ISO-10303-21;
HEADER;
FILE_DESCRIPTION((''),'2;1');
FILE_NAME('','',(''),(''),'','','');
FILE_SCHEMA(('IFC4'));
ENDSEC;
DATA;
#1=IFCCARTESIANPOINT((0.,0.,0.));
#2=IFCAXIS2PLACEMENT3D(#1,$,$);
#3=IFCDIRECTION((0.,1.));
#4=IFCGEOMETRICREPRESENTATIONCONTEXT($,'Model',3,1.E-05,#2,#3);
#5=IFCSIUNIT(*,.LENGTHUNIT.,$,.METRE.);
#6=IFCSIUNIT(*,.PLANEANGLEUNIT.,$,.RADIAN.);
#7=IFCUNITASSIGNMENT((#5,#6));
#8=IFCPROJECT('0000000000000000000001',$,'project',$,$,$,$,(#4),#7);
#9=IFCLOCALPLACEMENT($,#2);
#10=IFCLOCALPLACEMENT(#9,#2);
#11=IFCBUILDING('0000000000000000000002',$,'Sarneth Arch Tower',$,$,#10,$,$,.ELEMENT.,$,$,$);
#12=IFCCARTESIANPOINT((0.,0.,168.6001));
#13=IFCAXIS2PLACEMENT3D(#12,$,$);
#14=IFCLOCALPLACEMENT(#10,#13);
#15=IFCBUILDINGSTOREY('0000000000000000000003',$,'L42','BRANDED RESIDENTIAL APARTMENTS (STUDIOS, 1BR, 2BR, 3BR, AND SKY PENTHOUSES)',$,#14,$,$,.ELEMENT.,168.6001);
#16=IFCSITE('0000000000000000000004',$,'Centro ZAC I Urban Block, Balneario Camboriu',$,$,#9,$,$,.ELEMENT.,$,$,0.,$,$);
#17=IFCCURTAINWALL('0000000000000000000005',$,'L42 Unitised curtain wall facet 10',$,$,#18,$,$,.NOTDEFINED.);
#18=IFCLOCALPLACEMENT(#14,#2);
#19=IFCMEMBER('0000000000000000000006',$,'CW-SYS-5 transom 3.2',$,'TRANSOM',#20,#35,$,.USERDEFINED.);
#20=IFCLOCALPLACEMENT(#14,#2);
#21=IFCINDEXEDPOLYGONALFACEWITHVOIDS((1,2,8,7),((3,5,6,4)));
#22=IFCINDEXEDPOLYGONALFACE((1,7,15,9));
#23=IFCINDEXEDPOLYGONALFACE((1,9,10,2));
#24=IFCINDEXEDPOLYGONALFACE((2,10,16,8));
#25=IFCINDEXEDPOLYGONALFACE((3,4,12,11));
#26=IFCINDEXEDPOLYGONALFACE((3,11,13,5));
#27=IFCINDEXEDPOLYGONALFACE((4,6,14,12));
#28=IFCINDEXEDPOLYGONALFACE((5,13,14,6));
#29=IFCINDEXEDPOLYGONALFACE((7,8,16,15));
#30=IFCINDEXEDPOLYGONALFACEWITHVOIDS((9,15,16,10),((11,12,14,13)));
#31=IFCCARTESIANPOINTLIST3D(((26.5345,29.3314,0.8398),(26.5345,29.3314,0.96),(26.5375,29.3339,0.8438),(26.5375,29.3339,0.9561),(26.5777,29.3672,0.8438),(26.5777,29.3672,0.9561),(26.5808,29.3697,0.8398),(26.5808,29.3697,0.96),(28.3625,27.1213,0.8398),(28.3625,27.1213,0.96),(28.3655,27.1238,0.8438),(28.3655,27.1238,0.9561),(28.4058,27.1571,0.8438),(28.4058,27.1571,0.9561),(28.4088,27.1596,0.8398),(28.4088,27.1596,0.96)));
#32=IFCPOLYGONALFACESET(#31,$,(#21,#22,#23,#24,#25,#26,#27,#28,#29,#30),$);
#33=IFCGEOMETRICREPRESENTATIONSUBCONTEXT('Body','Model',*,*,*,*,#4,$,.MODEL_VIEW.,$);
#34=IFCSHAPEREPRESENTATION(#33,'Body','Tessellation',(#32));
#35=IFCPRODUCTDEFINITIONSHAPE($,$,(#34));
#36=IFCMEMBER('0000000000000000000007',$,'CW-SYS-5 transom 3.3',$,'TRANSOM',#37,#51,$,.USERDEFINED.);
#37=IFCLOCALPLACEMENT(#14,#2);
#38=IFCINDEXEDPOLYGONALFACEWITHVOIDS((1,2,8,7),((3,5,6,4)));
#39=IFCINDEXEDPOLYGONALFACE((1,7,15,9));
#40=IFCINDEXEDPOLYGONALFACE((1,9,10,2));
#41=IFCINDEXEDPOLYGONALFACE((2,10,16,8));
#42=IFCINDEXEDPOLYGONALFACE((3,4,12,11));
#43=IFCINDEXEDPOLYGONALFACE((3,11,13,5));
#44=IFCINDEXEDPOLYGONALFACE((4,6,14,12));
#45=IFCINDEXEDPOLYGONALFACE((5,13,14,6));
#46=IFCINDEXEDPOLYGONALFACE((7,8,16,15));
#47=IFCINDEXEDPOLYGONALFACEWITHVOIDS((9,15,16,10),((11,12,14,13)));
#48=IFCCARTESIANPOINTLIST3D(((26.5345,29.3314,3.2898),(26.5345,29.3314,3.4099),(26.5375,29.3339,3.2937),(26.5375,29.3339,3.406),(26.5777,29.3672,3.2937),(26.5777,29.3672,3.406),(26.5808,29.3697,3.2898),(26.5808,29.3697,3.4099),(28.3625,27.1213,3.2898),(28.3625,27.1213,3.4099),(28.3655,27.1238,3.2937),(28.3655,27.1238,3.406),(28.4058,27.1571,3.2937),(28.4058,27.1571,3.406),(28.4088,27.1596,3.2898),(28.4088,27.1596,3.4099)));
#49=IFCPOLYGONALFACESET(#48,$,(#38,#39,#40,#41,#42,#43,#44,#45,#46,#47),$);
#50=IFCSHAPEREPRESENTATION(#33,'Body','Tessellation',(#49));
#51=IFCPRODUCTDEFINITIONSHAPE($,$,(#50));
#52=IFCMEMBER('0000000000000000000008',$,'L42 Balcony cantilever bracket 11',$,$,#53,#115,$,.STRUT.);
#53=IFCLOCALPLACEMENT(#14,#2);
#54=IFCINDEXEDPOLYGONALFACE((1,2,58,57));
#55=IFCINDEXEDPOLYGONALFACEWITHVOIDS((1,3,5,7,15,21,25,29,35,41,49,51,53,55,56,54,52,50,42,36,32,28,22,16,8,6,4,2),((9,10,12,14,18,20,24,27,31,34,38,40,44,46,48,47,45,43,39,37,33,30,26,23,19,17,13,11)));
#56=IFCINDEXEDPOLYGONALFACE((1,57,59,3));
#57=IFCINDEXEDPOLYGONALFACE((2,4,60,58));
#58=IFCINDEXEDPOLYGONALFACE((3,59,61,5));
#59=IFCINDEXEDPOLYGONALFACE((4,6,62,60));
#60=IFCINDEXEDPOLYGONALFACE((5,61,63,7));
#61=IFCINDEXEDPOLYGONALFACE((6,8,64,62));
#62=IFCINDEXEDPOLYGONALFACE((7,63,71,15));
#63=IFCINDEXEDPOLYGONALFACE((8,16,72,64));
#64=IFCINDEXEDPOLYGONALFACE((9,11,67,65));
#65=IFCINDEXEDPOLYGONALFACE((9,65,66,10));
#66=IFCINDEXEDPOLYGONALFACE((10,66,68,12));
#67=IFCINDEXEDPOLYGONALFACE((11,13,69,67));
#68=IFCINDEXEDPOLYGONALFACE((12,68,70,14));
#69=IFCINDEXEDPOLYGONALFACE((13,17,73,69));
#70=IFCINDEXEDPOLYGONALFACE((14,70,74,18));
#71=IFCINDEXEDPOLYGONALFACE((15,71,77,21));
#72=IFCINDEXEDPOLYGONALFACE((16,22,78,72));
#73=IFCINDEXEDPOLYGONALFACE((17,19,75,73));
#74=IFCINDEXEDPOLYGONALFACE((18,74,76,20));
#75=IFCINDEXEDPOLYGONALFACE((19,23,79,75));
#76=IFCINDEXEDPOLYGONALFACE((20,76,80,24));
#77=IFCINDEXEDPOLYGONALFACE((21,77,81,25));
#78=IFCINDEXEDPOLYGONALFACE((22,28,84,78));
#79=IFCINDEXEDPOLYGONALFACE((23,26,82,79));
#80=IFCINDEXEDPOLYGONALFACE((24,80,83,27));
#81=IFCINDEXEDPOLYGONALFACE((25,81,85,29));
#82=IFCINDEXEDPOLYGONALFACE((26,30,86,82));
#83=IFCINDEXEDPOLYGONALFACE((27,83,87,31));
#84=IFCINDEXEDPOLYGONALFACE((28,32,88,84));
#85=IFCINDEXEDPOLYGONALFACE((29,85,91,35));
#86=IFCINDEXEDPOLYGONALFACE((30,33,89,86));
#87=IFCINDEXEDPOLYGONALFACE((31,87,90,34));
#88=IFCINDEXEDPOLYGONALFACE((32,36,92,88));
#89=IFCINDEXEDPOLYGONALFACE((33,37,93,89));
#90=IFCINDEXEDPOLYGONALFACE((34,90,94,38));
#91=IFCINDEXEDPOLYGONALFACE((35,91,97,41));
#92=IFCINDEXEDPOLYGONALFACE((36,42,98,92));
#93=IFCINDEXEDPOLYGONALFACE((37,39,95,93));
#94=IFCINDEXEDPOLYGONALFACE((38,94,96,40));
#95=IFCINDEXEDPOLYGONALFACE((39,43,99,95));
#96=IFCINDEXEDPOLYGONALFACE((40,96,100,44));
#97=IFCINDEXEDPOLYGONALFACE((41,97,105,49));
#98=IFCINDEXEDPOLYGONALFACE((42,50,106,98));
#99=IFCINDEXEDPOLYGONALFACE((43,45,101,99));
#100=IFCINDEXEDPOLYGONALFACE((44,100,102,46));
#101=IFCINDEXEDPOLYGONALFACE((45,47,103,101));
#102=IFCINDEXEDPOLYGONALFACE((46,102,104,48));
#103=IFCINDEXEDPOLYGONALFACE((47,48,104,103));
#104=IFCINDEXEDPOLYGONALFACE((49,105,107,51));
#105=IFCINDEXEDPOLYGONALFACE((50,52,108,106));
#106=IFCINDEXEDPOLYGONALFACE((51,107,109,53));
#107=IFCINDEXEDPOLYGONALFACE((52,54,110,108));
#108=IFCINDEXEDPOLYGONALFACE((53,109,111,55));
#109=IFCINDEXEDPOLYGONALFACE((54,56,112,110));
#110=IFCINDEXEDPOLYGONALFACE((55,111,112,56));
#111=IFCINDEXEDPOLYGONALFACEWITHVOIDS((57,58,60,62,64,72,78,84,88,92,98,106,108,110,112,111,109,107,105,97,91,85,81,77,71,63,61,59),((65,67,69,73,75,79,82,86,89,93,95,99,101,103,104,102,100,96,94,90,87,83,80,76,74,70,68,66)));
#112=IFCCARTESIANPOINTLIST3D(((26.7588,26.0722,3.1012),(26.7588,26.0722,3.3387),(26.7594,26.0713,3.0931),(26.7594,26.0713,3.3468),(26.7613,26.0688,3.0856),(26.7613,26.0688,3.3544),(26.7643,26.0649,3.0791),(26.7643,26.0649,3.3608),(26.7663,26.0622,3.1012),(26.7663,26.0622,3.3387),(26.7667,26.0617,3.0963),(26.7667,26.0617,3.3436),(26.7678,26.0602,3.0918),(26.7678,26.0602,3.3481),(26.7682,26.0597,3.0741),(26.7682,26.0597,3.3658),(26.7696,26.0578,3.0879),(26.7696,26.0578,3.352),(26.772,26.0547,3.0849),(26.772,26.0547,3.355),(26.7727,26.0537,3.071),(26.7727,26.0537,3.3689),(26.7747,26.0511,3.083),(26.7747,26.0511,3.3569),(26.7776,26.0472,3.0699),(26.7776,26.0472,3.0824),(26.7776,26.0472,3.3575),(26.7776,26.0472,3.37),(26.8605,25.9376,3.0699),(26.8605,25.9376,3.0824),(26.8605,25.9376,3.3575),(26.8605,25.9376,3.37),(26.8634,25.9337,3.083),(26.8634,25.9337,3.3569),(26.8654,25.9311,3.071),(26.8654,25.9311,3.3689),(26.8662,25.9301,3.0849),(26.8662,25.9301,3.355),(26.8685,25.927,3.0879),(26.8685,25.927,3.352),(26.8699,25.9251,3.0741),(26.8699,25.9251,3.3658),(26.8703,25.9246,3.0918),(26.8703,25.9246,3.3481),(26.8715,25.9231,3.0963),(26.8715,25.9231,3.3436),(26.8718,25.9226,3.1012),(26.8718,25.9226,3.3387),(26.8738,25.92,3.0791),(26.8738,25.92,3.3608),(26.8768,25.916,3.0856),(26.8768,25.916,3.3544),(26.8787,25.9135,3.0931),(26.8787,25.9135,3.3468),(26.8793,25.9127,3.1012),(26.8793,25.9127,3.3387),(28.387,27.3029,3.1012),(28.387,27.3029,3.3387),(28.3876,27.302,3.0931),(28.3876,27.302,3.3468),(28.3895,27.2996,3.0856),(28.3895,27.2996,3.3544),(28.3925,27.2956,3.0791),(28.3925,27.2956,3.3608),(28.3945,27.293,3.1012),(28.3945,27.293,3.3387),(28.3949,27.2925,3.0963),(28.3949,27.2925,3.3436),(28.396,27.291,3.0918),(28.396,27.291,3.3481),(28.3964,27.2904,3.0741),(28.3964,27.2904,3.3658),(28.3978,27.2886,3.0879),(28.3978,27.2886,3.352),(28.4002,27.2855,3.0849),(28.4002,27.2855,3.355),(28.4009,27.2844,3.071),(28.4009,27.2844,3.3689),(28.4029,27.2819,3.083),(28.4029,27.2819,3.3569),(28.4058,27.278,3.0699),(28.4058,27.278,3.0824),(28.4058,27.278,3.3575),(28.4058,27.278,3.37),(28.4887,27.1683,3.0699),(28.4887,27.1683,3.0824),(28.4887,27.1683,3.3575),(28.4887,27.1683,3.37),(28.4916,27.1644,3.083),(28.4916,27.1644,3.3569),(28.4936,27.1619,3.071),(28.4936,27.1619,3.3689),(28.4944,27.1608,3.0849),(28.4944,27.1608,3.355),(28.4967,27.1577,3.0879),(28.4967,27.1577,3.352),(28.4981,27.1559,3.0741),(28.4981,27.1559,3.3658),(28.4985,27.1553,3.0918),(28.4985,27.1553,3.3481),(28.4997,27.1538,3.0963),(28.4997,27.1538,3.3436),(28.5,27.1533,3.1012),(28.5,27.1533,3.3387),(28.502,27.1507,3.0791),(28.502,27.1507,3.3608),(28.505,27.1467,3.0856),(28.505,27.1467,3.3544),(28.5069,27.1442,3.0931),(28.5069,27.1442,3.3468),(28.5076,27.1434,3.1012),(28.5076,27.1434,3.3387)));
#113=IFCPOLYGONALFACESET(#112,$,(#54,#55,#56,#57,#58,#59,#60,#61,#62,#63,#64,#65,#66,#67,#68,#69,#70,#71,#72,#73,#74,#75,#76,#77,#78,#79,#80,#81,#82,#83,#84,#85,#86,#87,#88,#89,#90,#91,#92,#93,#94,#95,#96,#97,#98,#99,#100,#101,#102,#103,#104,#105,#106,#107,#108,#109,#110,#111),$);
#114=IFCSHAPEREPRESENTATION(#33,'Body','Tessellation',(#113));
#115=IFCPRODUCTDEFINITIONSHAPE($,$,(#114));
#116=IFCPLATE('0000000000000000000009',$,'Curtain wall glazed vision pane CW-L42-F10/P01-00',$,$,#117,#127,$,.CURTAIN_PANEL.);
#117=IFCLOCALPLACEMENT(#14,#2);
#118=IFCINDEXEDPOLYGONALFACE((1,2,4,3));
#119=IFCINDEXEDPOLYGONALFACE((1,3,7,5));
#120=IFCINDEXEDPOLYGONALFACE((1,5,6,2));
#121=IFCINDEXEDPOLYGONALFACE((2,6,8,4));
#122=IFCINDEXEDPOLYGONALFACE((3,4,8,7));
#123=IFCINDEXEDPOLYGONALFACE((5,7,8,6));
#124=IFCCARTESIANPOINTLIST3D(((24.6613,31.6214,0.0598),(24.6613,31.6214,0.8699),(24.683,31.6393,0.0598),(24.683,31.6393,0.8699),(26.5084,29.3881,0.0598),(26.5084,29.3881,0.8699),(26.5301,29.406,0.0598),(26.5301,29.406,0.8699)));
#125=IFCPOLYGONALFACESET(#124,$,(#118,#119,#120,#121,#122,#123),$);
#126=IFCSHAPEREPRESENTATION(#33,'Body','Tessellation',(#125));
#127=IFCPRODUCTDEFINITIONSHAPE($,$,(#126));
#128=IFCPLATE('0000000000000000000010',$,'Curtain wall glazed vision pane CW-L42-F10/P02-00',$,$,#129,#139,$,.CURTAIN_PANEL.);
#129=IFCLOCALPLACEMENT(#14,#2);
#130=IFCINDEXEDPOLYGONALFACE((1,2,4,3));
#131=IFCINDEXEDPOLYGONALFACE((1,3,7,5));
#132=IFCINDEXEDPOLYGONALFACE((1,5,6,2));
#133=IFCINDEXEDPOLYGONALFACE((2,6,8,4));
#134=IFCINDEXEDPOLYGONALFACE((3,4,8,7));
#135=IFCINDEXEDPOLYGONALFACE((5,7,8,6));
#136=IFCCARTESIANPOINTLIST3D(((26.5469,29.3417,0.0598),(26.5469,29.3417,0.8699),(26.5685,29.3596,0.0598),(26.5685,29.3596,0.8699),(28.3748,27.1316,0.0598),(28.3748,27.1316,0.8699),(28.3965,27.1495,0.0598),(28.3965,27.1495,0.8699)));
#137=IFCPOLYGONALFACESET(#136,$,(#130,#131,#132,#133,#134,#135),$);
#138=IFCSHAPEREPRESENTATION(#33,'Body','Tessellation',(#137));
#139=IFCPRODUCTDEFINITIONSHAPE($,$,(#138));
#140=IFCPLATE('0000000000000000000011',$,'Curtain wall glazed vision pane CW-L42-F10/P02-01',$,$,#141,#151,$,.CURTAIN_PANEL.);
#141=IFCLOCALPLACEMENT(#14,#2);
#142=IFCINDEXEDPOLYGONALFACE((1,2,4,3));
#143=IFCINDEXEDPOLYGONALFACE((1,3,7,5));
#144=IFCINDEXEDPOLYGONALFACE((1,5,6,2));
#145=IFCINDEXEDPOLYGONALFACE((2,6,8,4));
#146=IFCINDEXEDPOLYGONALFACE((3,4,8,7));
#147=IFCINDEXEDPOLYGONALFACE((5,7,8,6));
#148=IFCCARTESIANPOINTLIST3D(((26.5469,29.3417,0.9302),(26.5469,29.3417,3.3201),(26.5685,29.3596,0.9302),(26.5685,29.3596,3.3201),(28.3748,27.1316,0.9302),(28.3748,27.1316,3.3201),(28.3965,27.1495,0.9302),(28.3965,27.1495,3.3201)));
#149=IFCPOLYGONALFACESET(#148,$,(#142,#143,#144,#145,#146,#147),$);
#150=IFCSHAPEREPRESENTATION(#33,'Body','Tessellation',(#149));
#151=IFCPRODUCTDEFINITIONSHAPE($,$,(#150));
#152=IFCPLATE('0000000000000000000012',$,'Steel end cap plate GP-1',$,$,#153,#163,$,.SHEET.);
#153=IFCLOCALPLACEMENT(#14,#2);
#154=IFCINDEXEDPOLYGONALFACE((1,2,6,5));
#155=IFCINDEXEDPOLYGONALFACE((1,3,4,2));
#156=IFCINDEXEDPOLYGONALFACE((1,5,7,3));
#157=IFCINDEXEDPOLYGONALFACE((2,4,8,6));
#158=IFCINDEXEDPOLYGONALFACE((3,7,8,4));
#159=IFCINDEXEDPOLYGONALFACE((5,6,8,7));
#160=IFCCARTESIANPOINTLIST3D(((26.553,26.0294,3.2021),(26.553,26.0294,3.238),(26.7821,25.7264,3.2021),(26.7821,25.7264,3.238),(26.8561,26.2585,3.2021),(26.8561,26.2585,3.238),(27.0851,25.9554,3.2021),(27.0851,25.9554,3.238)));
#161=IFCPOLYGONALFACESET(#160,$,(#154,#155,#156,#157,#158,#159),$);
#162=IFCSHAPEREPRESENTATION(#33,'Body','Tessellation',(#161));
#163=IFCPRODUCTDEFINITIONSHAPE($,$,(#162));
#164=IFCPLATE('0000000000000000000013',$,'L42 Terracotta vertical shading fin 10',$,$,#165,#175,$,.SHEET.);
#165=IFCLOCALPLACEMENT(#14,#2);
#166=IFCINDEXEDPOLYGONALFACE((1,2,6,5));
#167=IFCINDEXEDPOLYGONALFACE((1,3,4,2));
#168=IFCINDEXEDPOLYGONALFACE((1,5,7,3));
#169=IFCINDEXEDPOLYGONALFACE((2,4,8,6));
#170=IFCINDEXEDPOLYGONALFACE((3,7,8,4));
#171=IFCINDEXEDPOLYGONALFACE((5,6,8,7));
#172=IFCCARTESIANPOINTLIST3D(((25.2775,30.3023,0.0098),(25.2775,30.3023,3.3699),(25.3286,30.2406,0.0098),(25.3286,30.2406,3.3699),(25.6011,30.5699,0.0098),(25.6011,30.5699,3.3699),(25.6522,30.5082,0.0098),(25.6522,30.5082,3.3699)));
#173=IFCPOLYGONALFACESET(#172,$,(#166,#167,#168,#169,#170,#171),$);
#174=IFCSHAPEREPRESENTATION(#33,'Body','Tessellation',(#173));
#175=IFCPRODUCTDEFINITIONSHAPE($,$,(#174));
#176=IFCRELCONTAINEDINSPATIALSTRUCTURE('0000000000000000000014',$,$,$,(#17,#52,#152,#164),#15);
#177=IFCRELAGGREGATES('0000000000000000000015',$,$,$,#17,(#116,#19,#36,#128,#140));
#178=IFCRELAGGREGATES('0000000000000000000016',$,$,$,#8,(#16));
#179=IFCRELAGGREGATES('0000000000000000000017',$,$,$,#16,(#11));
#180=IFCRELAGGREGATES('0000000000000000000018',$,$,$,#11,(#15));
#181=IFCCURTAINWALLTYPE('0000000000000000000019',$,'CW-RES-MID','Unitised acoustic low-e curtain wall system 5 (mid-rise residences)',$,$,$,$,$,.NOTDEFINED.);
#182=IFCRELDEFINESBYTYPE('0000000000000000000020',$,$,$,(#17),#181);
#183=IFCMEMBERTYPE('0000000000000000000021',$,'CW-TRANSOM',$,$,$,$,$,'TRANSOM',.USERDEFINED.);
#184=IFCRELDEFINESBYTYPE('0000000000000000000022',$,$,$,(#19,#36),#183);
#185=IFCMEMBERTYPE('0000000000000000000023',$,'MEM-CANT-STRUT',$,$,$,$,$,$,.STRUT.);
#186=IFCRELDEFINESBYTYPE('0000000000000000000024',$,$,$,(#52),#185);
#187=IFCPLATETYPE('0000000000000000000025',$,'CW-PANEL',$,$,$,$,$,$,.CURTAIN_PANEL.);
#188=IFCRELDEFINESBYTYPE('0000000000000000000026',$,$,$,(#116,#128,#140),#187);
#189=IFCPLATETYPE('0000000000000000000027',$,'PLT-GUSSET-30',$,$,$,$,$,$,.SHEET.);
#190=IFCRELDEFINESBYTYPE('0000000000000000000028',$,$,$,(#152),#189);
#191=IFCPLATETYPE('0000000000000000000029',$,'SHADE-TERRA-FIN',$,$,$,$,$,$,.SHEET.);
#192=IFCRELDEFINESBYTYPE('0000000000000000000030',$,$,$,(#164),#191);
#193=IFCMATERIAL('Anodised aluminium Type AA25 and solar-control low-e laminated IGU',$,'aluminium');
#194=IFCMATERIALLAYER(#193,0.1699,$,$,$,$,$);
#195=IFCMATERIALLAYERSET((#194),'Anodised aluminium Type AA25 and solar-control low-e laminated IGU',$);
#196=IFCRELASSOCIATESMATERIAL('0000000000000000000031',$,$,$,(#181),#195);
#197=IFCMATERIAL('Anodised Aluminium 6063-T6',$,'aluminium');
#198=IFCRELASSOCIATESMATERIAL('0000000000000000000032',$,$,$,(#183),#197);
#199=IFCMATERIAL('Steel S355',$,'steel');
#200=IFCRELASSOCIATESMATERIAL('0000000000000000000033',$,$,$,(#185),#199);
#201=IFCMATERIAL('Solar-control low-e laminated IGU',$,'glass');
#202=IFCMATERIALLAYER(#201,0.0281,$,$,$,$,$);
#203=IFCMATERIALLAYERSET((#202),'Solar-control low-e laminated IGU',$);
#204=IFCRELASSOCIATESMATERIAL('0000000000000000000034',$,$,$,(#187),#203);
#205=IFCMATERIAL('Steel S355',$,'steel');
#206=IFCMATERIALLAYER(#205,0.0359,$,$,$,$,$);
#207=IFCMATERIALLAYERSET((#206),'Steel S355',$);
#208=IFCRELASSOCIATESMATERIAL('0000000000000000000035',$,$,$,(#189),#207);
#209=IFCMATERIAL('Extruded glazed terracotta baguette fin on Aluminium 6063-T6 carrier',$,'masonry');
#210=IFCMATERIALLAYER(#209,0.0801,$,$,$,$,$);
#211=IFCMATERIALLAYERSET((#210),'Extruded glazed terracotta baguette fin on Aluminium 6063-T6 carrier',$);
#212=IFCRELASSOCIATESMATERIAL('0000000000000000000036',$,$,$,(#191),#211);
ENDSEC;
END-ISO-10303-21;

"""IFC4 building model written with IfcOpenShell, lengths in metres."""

from ifc_helpers import new_model, si_unit, direction, frame, origin, origin_2d, place, context, subcontext, project, spatial, rectangle, hollow_rectangle, extrude, material, layer, layer_set, material_profile, profile_set, type_object, element, aggregate, save


model = new_model("IFC4")

# Units and contexts
model_context = context("Model", 3, precision=1e-05, world=origin(), true_north=direction((0.0, 1.0)))
body_context = subcontext(model_context, "Body", "Model", "MODEL_VIEW")
ifc_project = project(units=[si_unit("LENGTHUNIT", "METRE"), si_unit("PLANEANGLEUNIT", "RADIAN")], contexts=[model_context])

# Site, building, storey
site_placement = place(None, origin())
site = spatial("IfcSite", under=ifc_project, at=site_placement, Name="Centro ZAC I Urban Block, Balneario Camboriu", CompositionType="ELEMENT", RefElevation=0.0)
building_placement = place(site_placement, origin())
building = spatial("IfcBuilding", under=site, at=building_placement, Name="Sarneth Arch Tower", CompositionType="ELEMENT")
storey_placement = place(building_placement, frame((0.0, 0.0, 168.6001)))
storey = spatial("IfcBuildingStorey", under=building, at=storey_placement, Name="L42", Description="BRANDED RESIDENTIAL APARTMENTS (STUDIOS, 1BR, 2BR, 3BR, AND SKY PENTHOUSES)", CompositionType="ELEMENT", Elevation=168.6001)

# Curtain wall, members
ifc_material_1 = material(Name="Anodised aluminium Type AA25 and solar-control low-e laminated IGU", Category="aluminium")
ifc_layer_1 = layer(ifc_material_1, 0.1699)
ifc_layer_set_1 = layer_set([ifc_layer_1], Name="Anodised aluminium Type AA25 and solar-control low-e laminated IGU")
curtain_wall_type = type_object("IfcCurtainWallType", Name="CW-RES-MID", Description="Unitised acoustic low-e curtain wall system 5 (mid-rise residences)", PredefinedType="NOTDEFINED", material=ifc_layer_set_1)
curtain_wall_placement = place(storey_placement, origin())
curtain_wall = element("IfcCurtainWall", 1, at=curtain_wall_placement, inside=storey, type_object=curtain_wall_type, Name="L42 Unitised curtain wall facet 10", PredefinedType="NOTDEFINED")
ifc_material_2 = material(Name="Anodised Aluminium 6063-T6", Category="aluminium")
ifc_material_profile_1 = material_profile(ifc_material_2, hollow_rectangle(XDim=0.0601, YDim=0.1201, WallThickness=0.0039, at=origin_2d()), Name="AL-TRAN-120x60x4")
ifc_profile_set_1 = profile_set([ifc_material_profile_1], Name="Anodised Aluminium 6063-T6")
member_type_1 = type_object("IfcMemberType", Name="CW-TRANSOM", ElementType="TRANSOM", PredefinedType="USERDEFINED", material=ifc_profile_set_1)
member_1_placement = place(storey_placement, frame((26.5576, 29.3506, 0.8999), z_axis=(0.637359, -0.770567, 0.0), x_axis=(0.770567, 0.637359, 0.0)))
member_1 = element("IfcMember", 2, at=member_1_placement, type_object=member_type_1, Name="CW-SYS-5 transom 3.2", ObjectType="TRANSOM", PredefinedType="USERDEFINED", context=body_context, shape_type="SweptSolid", body=[
    extrude(hollow_rectangle(XDim=0.0601, YDim=0.1201, WallThickness=0.0039, at=origin_2d()), origin(), (0.0, 0.0, 1.0), 2.8682),
])
member_2_placement = place(storey_placement, frame((26.5576, 29.3506, 3.3499), z_axis=(0.637359, -0.770567, 0.0), x_axis=(0.770567, 0.637359, 0.0)))
member_2 = element("IfcMember", 3, at=member_2_placement, type_object=member_type_1, Name="CW-SYS-5 transom 3.3", ObjectType="TRANSOM", PredefinedType="USERDEFINED", context=body_context, shape_type="SweptSolid", body=[
    extrude(hollow_rectangle(XDim=0.0601, YDim=0.1201, WallThickness=0.0039, at=origin_2d()), origin(), (0.0, 0.0, 1.0), 2.8682),
])

# Member
ifc_material_3 = material(Name="Steel S355", Category="steel")
ifc_material_profile_2 = material_profile(ifc_material_3, hollow_rectangle(XDim=0.2, YDim=0.3, WallThickness=0.0125, InnerFilletRadius=0.0188, OuterFilletRadius=0.0312, at=origin_2d()), Name="RHS300x200x12.5")
ifc_profile_set_2 = profile_set([ifc_material_profile_2], Name="Steel S355")
member_type_2 = type_object("IfcMemberType", Name="MEM-CANT-STRUT", PredefinedType="STRUT", material=ifc_profile_set_2)
member_3_placement = place(storey_placement, frame((28.4473, 27.2231, 3.22), z_axis=(-0.797741, -0.603001, 0.0), x_axis=(0.603001, -0.797741, 0.0)))
element("IfcMember", 4, at=member_3_placement, inside=storey, type_object=member_type_2, Name="L42 Balcony cantilever bracket 11", PredefinedType="STRUT", context=body_context, shape_type="SweptSolid", body=[
    extrude(hollow_rectangle(XDim=0.2, YDim=0.3, WallThickness=0.0125, InnerFilletRadius=0.0188, OuterFilletRadius=0.0312, at=origin_2d()), origin(), (0.0, 0.0, 1.0), 2.041),
])

# Plates
ifc_material_4 = material(Name="Solar-control low-e laminated IGU", Category="glass")
ifc_layer_2 = layer(ifc_material_4, 0.0281)
ifc_layer_set_2 = layer_set([ifc_layer_2], Name="Solar-control low-e laminated IGU")
plate_type_1 = type_object("IfcPlateType", Name="CW-PANEL", PredefinedType="CURTAIN_PANEL", material=ifc_layer_set_2)
plate_1_placement = place(storey_placement, frame((25.5957, 30.5137, 0.0598), z_axis=(0.0, 0.0, 1.0), x_axis=(0.63733, -0.770591, 0.0)))
plate_1 = element("IfcPlate", 5, at=plate_1_placement, type_object=plate_type_1, Name="Curtain wall glazed vision pane CW-L42-F10/P01-00", PredefinedType="CURTAIN_PANEL", context=body_context, shape_type="SweptSolid", body=[
    extrude(rectangle(XDim=2.8982, YDim=0.0281, at=origin_2d()), origin(), (0.0, 0.0, 1.0), 0.8101),
])
plate_2_placement = place(storey_placement, frame((27.4717, 28.2456, 0.0598), z_axis=(0.0, 0.0, 1.0), x_axis=(0.63733, -0.770591, 0.0)))
plate_2 = element("IfcPlate", 6, at=plate_2_placement, type_object=plate_type_1, Name="Curtain wall glazed vision pane CW-L42-F10/P02-00", PredefinedType="CURTAIN_PANEL", context=body_context, shape_type="SweptSolid", body=[
    extrude(rectangle(XDim=2.8682, YDim=0.0281, at=origin_2d()), origin(), (0.0, 0.0, 1.0), 0.8101),
])
plate_3_placement = place(storey_placement, frame((27.4717, 28.2456, 0.9302), z_axis=(0.0, 0.0, 1.0), x_axis=(0.63733, -0.770591, 0.0)))
plate_3 = element("IfcPlate", 7, at=plate_3_placement, type_object=plate_type_1, Name="Curtain wall glazed vision pane CW-L42-F10/P02-01", PredefinedType="CURTAIN_PANEL", context=body_context, shape_type="SweptSolid", body=[
    extrude(rectangle(XDim=2.8682, YDim=0.0281, at=origin_2d()), origin(), (0.0, 0.0, 1.0), 2.3899),
])
aggregate(curtain_wall, [plate_1, member_1, member_2, plate_2, plate_3])

# Plates
ifc_material_5 = material(Name="Steel S355", Category="steel")
ifc_layer_3 = layer(ifc_material_5, 0.0359)
ifc_layer_set_3 = layer_set([ifc_layer_3], Name="Steel S355")
plate_type_2 = type_object("IfcPlateType", Name="PLT-GUSSET-30", PredefinedType="SHEET", material=ifc_layer_set_3)
plate_4_placement = place(storey_placement, frame((26.8191, 25.9924, 3.2021), z_axis=(0.0, 0.0, 1.0), x_axis=(-0.797794, -0.60293, 0.0)))
element("IfcPlate", 8, at=plate_4_placement, inside=storey, type_object=plate_type_2, Name="Steel end cap plate GP-1", PredefinedType="SHEET", context=body_context, shape_type="SweptSolid", body=[
    extrude(rectangle(XDim=0.3799, YDim=0.3799, at=origin_2d()), origin(), (0.0, 0.0, 1.0), 0.0359),
])
ifc_material_6 = material(Name="Extruded glazed terracotta baguette fin on Aluminium 6063-T6 carrier", Category="masonry")
ifc_layer_4 = layer(ifc_material_6, 0.0801)
ifc_layer_set_4 = layer_set([ifc_layer_4], Name="Extruded glazed terracotta baguette fin on Aluminium 6063-T6 carrier")
plate_type_3 = type_object("IfcPlateType", Name="SHADE-TERRA-FIN", PredefinedType="SHEET", material=ifc_layer_set_4)
plate_5_placement = place(storey_placement, frame((25.4648, 30.4053, 0.0098), z_axis=(0.0, 0.0, 1.0), x_axis=(-0.770624, -0.63729, 0.0)))
element("IfcPlate", 9, at=plate_5_placement, inside=storey, type_object=plate_type_3, Name="L42 Terracotta vertical shading fin 10", PredefinedType="SHEET", context=body_context, shape_type="SweptSolid", body=[
    extrude(rectangle(XDim=0.4199, YDim=0.0801, at=origin_2d()), origin(), (0.0, 0.0, 1.0), 3.3601),
])

save(model, "model.ifc")
